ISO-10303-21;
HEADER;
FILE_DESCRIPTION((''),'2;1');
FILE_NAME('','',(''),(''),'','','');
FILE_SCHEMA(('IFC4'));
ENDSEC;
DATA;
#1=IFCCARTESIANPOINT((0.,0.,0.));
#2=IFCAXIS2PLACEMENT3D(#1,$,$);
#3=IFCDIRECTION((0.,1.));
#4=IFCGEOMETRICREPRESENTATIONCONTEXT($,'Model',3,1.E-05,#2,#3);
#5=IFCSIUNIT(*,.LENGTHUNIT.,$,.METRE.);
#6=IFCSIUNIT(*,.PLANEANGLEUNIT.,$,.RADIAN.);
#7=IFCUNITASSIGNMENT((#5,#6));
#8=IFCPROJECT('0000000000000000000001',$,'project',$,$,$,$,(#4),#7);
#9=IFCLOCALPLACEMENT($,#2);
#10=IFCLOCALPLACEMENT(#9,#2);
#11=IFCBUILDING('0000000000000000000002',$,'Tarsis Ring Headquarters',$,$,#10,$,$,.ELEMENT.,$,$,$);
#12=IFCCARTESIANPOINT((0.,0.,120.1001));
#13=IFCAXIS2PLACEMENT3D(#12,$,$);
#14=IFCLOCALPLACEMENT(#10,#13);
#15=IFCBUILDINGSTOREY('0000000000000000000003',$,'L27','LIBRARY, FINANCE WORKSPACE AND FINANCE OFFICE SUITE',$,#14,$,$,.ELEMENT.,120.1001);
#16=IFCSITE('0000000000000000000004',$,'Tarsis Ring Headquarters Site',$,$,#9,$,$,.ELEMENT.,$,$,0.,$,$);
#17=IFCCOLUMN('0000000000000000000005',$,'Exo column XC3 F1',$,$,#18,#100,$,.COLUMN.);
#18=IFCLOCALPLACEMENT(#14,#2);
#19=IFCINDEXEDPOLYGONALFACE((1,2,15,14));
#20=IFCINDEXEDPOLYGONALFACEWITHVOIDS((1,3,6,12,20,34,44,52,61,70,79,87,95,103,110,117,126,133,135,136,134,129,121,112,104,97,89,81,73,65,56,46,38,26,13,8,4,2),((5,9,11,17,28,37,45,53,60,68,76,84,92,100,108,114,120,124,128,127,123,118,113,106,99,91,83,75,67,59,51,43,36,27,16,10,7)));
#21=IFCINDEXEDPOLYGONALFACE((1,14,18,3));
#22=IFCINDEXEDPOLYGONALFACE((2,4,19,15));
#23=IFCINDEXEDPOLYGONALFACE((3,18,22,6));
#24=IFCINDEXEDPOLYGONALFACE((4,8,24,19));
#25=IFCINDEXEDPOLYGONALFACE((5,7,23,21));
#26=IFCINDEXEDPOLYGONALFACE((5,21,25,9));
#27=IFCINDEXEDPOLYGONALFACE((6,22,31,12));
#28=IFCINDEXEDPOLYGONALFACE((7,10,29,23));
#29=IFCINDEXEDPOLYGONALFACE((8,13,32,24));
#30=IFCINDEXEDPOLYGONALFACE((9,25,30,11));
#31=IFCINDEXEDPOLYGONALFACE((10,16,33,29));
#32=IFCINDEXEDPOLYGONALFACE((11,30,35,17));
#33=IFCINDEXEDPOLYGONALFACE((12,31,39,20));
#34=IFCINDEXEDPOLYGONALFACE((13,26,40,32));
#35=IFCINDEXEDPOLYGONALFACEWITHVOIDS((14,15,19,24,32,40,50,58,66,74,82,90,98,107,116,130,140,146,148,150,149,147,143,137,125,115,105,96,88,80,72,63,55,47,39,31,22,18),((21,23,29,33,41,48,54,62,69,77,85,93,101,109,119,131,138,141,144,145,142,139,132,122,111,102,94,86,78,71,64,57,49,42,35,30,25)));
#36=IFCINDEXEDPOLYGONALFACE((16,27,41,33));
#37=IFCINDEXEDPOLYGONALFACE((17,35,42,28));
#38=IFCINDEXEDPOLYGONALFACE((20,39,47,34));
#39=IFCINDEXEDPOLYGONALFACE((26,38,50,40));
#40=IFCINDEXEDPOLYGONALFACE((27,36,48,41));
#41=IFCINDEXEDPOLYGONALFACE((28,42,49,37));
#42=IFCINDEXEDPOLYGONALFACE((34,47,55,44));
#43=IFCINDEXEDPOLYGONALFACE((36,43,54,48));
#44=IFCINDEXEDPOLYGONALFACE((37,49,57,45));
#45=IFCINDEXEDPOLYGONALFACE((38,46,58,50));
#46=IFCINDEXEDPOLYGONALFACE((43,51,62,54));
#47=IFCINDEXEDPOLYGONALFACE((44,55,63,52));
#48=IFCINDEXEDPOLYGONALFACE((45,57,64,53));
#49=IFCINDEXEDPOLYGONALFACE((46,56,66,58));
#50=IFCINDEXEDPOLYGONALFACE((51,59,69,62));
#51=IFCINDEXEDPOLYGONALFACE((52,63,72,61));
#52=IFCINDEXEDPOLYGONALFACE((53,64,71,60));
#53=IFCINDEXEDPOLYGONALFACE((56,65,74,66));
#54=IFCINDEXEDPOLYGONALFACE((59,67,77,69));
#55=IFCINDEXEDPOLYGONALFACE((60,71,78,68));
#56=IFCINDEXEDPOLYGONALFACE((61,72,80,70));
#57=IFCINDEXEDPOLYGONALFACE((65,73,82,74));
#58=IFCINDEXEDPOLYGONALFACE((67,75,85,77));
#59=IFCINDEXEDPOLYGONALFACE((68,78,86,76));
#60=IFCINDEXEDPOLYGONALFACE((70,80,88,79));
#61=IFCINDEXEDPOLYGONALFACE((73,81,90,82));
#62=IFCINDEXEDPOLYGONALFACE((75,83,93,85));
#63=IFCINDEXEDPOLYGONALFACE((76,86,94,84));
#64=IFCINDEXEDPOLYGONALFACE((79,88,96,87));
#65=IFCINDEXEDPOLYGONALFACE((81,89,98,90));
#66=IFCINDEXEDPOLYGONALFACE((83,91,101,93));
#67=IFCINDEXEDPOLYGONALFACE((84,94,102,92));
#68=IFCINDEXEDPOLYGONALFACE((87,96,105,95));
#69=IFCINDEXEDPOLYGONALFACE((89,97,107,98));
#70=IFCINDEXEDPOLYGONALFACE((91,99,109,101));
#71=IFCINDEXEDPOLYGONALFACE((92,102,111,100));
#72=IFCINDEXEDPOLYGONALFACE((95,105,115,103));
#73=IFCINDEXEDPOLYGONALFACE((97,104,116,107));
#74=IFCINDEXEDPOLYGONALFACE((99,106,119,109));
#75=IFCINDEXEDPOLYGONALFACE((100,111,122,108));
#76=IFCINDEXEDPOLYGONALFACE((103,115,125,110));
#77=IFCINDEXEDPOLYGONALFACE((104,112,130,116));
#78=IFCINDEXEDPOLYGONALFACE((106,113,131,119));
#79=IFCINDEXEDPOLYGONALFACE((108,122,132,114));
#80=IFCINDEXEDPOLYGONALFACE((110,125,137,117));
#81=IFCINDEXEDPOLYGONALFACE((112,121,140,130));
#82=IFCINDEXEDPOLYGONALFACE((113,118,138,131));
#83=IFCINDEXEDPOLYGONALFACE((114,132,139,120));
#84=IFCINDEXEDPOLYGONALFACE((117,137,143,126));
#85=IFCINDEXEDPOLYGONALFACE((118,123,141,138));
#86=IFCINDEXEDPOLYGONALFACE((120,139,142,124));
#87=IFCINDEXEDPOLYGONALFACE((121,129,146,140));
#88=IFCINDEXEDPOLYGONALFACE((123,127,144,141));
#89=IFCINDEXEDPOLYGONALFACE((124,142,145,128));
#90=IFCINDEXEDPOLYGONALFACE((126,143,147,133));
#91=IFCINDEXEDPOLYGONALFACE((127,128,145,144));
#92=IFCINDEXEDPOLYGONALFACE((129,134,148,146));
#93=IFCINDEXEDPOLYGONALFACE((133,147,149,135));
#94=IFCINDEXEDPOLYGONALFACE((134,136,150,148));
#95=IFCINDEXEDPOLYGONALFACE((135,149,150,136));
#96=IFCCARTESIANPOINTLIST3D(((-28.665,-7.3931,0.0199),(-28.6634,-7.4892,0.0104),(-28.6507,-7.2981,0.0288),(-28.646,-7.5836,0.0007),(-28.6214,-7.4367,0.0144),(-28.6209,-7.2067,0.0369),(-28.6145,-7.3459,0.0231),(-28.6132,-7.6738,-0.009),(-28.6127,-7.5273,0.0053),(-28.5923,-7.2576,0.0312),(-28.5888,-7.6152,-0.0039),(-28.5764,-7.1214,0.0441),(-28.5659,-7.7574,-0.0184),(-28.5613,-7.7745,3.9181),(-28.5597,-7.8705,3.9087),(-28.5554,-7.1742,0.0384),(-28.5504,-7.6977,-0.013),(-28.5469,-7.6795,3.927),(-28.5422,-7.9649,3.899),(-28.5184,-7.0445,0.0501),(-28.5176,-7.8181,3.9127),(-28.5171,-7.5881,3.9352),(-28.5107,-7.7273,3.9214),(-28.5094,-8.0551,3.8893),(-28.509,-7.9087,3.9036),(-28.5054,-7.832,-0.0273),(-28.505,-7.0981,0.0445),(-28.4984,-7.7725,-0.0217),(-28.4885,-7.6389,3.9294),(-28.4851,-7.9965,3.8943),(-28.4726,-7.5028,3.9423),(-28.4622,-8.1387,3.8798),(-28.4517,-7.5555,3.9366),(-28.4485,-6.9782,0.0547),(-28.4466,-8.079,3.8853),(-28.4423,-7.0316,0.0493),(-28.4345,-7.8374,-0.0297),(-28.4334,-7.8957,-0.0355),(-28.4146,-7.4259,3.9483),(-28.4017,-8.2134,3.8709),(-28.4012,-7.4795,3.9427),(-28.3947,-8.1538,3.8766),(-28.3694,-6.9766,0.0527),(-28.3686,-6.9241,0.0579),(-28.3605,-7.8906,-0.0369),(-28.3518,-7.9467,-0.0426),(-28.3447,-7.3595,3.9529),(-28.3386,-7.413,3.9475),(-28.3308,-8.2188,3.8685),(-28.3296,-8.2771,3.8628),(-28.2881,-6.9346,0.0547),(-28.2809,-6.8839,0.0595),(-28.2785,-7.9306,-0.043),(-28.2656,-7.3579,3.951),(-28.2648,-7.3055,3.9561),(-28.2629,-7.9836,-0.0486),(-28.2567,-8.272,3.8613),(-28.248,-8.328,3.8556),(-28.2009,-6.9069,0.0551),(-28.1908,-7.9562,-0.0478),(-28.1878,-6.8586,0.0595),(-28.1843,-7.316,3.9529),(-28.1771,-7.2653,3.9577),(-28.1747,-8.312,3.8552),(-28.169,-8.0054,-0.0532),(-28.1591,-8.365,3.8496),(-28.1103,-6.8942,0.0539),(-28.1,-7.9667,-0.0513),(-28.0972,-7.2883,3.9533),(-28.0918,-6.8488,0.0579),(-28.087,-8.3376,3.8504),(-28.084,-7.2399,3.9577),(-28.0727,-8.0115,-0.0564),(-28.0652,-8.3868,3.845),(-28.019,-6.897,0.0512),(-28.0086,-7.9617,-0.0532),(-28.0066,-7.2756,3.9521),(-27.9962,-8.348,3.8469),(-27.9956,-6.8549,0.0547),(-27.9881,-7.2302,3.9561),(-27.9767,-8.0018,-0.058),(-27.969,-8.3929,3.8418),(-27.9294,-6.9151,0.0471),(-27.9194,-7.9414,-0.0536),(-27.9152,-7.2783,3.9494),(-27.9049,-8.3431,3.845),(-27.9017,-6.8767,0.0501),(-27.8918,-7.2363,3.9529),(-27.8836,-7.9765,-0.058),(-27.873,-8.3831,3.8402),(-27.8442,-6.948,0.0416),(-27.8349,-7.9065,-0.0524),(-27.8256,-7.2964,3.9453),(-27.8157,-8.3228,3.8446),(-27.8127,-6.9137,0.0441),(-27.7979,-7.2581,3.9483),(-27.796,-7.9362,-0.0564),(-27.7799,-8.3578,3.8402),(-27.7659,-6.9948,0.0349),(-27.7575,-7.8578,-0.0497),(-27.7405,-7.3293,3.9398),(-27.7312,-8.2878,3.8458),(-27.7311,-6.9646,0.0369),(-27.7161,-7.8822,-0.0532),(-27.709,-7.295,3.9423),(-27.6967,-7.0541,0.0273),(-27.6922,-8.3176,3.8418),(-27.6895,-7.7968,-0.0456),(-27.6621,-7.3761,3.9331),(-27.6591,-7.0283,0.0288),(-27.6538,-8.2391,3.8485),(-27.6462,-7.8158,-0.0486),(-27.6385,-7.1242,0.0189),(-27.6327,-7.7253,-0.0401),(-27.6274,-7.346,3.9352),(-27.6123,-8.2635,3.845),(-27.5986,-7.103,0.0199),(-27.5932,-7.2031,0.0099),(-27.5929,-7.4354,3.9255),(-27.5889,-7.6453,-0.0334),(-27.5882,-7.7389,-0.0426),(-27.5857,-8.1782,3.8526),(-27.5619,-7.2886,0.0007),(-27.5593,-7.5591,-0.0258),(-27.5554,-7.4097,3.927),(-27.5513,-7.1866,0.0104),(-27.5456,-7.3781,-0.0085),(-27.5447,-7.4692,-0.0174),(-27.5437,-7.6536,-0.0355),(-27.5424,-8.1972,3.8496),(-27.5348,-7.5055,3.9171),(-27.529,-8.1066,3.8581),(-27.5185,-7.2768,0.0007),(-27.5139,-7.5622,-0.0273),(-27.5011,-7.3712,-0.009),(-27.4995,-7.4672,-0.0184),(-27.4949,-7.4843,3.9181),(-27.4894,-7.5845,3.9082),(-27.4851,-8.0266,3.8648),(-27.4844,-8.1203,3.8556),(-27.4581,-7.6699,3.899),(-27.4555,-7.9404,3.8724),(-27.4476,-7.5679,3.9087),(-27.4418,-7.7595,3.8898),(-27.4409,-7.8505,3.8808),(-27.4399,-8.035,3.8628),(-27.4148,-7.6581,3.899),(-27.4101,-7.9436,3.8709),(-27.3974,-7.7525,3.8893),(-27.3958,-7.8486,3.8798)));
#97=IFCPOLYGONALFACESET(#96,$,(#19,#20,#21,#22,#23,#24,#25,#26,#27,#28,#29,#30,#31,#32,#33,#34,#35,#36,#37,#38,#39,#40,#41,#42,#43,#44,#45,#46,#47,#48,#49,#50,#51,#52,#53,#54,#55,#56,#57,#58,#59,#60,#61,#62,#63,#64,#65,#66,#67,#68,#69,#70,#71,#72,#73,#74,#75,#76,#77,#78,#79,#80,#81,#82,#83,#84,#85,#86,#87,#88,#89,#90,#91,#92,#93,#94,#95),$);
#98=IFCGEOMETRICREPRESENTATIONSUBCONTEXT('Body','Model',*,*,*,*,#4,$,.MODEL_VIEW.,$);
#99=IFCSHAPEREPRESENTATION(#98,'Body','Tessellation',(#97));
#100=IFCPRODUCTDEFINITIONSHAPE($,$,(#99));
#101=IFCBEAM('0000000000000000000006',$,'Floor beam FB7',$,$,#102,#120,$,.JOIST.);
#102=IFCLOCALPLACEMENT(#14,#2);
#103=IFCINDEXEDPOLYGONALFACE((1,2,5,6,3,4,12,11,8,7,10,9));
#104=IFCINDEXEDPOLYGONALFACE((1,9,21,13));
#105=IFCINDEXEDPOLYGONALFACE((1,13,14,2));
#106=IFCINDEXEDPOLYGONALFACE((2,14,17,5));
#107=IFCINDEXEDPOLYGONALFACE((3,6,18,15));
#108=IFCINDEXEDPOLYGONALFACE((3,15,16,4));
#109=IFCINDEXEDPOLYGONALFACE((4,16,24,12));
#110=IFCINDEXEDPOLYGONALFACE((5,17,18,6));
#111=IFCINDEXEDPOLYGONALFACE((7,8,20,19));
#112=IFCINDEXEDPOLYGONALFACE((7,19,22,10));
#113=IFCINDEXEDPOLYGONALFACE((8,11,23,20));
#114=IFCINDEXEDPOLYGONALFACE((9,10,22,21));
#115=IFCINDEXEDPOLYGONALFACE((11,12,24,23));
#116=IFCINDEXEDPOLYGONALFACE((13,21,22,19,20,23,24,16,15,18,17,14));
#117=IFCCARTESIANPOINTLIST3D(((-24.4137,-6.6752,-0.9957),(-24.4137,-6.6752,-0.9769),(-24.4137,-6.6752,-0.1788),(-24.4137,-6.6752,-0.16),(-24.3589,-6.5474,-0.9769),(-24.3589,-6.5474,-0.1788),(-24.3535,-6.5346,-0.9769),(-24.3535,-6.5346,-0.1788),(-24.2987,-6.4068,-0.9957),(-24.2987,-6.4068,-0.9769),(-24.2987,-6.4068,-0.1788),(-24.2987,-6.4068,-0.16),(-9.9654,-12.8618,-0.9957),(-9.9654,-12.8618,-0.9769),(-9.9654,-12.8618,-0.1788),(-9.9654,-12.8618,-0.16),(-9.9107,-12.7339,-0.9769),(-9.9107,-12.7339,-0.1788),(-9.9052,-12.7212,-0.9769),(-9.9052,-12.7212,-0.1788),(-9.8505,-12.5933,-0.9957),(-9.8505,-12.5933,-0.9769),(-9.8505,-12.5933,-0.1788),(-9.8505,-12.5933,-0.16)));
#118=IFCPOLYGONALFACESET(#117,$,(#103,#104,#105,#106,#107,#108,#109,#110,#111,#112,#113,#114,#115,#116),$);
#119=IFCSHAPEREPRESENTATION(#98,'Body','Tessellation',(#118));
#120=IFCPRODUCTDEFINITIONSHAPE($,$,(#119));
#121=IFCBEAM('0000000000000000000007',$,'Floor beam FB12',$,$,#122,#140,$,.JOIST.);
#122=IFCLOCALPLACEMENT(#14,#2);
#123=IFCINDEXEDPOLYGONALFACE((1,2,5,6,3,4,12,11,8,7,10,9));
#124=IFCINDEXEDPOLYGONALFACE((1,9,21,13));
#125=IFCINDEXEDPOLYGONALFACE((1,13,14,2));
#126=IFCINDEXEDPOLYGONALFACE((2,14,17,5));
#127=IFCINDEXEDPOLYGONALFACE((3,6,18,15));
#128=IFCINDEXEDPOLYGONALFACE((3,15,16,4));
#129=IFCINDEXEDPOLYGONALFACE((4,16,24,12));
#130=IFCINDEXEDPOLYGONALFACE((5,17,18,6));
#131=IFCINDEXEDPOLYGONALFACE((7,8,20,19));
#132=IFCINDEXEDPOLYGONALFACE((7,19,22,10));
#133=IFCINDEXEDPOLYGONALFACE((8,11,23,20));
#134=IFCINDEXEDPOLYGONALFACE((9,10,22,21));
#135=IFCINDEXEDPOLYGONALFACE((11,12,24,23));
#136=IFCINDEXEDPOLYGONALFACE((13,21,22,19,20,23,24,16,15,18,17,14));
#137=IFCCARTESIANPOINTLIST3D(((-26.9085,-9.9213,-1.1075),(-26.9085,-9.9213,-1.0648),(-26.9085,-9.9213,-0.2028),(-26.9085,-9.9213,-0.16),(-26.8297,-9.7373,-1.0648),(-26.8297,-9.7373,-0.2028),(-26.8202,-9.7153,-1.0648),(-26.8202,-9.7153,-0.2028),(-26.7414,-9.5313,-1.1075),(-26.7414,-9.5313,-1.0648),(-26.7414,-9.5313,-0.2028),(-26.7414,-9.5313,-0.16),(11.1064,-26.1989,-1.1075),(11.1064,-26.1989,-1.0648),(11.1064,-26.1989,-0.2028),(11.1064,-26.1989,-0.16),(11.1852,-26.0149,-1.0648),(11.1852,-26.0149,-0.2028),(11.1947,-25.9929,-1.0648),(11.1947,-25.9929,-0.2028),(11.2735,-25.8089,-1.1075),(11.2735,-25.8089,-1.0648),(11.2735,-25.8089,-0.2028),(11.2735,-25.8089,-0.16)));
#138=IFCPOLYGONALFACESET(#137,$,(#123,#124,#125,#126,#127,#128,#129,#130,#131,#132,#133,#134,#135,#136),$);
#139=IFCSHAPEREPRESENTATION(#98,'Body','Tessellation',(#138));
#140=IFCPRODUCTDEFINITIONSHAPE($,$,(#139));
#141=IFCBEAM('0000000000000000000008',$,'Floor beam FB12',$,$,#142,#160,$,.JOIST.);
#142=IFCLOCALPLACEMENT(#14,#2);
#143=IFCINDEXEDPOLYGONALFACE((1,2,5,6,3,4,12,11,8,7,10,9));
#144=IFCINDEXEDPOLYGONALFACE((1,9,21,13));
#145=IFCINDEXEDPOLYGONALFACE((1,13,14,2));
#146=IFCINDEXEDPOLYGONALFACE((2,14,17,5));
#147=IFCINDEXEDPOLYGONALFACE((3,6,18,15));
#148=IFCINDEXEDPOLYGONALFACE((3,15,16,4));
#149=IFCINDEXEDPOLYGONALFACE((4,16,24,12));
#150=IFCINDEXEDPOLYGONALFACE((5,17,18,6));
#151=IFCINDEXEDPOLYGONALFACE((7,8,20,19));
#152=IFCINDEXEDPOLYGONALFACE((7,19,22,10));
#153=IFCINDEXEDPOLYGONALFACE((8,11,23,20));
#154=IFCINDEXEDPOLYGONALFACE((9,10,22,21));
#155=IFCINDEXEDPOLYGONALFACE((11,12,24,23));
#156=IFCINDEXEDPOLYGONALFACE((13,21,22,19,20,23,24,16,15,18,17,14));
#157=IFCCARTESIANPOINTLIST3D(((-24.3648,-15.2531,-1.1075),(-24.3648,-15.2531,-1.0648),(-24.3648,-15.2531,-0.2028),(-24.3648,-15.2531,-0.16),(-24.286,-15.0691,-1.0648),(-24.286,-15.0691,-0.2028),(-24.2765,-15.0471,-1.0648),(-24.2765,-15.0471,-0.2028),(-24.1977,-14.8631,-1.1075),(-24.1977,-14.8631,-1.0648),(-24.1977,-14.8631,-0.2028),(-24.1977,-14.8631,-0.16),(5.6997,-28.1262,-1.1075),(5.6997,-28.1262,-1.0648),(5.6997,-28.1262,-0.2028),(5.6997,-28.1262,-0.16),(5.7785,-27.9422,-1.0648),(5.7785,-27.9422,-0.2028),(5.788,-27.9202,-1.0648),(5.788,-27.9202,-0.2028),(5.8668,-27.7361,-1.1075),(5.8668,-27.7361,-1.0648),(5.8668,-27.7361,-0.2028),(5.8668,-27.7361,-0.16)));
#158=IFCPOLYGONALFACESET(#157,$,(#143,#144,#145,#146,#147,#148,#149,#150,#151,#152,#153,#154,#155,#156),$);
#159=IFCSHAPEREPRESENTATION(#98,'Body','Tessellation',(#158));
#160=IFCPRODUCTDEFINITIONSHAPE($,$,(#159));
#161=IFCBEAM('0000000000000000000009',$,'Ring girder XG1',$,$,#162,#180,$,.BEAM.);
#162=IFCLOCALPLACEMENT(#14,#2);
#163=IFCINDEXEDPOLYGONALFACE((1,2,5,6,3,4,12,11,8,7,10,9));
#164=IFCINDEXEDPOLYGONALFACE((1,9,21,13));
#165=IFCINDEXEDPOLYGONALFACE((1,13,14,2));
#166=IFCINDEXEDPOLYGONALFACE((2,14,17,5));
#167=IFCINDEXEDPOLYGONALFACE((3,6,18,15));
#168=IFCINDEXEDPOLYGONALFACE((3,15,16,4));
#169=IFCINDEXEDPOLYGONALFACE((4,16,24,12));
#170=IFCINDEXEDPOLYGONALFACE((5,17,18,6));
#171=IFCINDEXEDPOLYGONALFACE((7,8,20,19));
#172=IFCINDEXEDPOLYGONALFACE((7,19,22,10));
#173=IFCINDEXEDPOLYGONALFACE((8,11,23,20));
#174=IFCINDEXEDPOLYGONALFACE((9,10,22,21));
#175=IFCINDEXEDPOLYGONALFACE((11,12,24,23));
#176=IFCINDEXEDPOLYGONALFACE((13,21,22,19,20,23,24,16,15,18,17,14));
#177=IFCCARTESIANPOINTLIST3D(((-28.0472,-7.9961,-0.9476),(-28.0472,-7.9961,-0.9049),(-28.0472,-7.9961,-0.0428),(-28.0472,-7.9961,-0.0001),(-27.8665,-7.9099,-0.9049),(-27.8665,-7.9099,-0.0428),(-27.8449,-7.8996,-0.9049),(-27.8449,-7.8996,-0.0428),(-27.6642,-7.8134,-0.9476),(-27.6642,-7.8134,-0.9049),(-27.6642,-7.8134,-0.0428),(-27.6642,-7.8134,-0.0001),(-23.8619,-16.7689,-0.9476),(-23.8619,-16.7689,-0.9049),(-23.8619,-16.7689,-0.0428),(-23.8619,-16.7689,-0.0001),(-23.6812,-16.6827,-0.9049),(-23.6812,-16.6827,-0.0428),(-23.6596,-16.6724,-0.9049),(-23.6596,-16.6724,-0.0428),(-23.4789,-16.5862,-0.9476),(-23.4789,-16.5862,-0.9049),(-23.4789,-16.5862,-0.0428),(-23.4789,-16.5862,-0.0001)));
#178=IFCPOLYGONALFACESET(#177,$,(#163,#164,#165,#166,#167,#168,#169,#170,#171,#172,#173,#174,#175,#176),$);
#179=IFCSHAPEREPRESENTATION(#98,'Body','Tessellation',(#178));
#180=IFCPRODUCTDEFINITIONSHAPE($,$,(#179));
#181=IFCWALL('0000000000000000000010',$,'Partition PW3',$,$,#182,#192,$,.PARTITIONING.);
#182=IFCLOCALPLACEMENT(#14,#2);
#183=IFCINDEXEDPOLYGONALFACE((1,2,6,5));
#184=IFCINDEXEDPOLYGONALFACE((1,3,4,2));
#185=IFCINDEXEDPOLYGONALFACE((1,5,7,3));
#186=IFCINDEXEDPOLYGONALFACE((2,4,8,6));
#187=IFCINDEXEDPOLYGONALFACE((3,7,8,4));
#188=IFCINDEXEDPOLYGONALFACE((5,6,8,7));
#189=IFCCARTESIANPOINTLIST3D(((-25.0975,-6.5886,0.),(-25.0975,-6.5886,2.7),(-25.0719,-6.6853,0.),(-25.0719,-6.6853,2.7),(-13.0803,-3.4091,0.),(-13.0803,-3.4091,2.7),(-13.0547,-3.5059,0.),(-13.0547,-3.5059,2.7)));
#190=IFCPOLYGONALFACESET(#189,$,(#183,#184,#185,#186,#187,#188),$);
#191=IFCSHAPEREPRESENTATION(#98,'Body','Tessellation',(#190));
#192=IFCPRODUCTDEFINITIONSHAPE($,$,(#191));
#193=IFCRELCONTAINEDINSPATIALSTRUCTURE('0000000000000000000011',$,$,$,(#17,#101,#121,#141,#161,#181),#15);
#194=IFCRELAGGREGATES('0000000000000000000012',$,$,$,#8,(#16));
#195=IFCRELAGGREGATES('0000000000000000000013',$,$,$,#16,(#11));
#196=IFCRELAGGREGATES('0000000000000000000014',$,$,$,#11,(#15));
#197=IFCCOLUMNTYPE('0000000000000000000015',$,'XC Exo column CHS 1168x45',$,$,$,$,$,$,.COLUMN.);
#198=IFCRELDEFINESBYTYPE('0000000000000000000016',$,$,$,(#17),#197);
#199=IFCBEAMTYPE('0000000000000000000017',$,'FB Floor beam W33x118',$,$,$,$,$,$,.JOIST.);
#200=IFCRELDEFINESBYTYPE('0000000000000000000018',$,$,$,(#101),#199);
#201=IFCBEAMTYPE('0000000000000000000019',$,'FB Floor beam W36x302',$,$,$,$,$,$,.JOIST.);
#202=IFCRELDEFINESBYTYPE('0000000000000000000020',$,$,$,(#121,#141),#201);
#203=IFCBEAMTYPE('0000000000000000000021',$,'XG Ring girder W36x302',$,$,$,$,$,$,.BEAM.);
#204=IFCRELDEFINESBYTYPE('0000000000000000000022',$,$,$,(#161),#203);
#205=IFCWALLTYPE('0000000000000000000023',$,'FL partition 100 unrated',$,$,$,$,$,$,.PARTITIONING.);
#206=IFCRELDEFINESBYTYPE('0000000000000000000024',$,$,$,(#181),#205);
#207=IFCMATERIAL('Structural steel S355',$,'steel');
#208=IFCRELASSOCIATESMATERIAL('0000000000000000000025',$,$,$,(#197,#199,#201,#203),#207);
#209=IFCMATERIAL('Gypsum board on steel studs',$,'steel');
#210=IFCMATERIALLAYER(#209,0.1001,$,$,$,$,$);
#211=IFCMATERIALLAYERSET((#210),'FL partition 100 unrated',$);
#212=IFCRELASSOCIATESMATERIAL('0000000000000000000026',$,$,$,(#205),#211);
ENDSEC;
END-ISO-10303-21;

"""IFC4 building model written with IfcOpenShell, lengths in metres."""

from ifc_helpers import new_model, si_unit, direction, frame, frame_2d, origin, origin_2d, place, context, subcontext, project, spatial, rectangle, hollow_circle, i_section, extrude, material, layer, layer_set, material_profile, profile_set, type_object, element, save


model = new_model("IFC4")

# Units and contexts
model_context = context("Model", 3, precision=1e-05, world=origin(), true_north=direction((0.0, 1.0)))
body_context = subcontext(model_context, "Body", "Model", "MODEL_VIEW")
ifc_project = project(units=[si_unit("LENGTHUNIT", "METRE"), si_unit("PLANEANGLEUNIT", "RADIAN")], contexts=[model_context])

# Site, building, storey
site_placement = place(None, origin())
site = spatial("IfcSite", under=ifc_project, at=site_placement, Name="Tarsis Ring Headquarters Site", CompositionType="ELEMENT", RefElevation=0.0)
building_placement = place(site_placement, origin())
building = spatial("IfcBuilding", under=site, at=building_placement, Name="Tarsis Ring Headquarters", CompositionType="ELEMENT")
storey_placement = place(building_placement, frame((0.0, 0.0, 120.1001)))
storey = spatial("IfcBuildingStorey", under=building, at=storey_placement, Name="L27", Description="LIBRARY, FINANCE WORKSPACE AND FINANCE OFFICE SUITE", CompositionType="ELEMENT", Elevation=120.1001)

# Column
ifc_material_1 = material(Name="Structural steel S355", Category="steel")
ifc_material_profile_1 = material_profile(ifc_material_1, hollow_circle(Radius=0.5842, WallThickness=0.0449, at=origin_2d()), Name="CHS 1168x45")
ifc_profile_set_1 = profile_set([ifc_material_profile_1], Name="Structural steel S355")
column_type = type_object("IfcColumnType", Name="XC Exo column CHS 1168x45", PredefinedType="COLUMN", material=ifc_profile_set_1)
column_placement = place(storey_placement, frame((-28.0823, -7.4302, 0.0007), z_axis=(0.026482, -0.097328, 0.9949), x_axis=(0.96492, 0.262542, 0.0)))
element("IfcColumn", 1, at=column_placement, inside=storey, type_object=column_type, Name="Exo column XC3 F1", PredefinedType="COLUMN", context=body_context, shape_type="SweptSolid", body=[
    extrude(hollow_circle(Radius=0.5842, WallThickness=0.0449, at=origin_2d()), origin(), (0.0, 0.0, 1.0), 3.9182),
])

# Beams
ifc_material_profile_2 = material_profile(ifc_material_1, i_section(OverallWidth=0.292, OverallDepth=0.8357, WebThickness=0.0139, FlangeThickness=0.0188, at=origin_2d()), Name="W33x118")
ifc_profile_set_2 = profile_set([ifc_material_profile_2], Name="Structural steel S355")
beam_type_1 = type_object("IfcBeamType", Name="FB Floor beam W33x118", PredefinedType="JOIST", material=ifc_profile_set_2)
beam_1_placement = place(storey_placement, frame((-24.3562, -6.541, -0.5779), z_axis=(0.919274, -0.393619, 0.0), x_axis=(0.393619, 0.919274, 0.0)))
element("IfcBeam", 2, at=beam_1_placement, inside=storey, type_object=beam_type_1, Name="Floor beam FB7", PredefinedType="JOIST", context=body_context, shape_type="SweptSolid", body=[
    extrude(i_section(OverallWidth=0.292, OverallDepth=0.8357, WebThickness=0.0139, FlangeThickness=0.0188, at=origin_2d()), origin(), (0.0, 0.0, 1.0), 15.717),
])
ifc_material_profile_3 = material_profile(ifc_material_1, i_section(OverallWidth=0.4243, OverallDepth=0.9475, WebThickness=0.0239, FlangeThickness=0.0427, at=origin_2d()), Name="W36x302")
ifc_profile_set_3 = profile_set([ifc_material_profile_3], Name="Structural steel S355")
beam_type_2 = type_object("IfcBeamType", Name="FB Floor beam W36x302", PredefinedType="JOIST", material=ifc_profile_set_3)
beam_2_placement = place(storey_placement, frame((-26.825, -9.7263, -0.6338), z_axis=(0.919272, -0.393623, 0.0), x_axis=(0.393623, 0.919272, 0.0)))
element("IfcBeam", 3, at=beam_2_placement, inside=storey, type_object=beam_type_2, Name="Floor beam FB12", PredefinedType="JOIST", context=body_context, shape_type="SweptSolid", body=[
    extrude(i_section(OverallWidth=0.4243, OverallDepth=0.9475, WebThickness=0.0239, FlangeThickness=0.0427, at=origin_2d()), origin(), (0.0, 0.0, 1.0), 41.3533),
])
beam_3_placement = place(storey_placement, frame((-24.2812, -15.0581, -0.6338), z_axis=(0.919275, -0.393617, 0.0), x_axis=(0.393617, 0.919275, 0.0)))
element("IfcBeam", 4, at=beam_3_placement, inside=storey, type_object=beam_type_2, Name="Floor beam FB12", PredefinedType="JOIST", context=body_context, shape_type="SweptSolid", body=[
    extrude(i_section(OverallWidth=0.4243, OverallDepth=0.9475, WebThickness=0.0239, FlangeThickness=0.0427, at=origin_2d()), origin(), (0.0, 0.0, 1.0), 32.7046),
])
beam_type_3 = type_object("IfcBeamType", Name="XG Ring girder W36x302", PredefinedType="BEAM", material=ifc_profile_set_3)
beam_4_placement = place(storey_placement, frame((-27.8557, -7.9048, -0.4739), z_axis=(0.43059, -0.902548, 0.0), x_axis=(0.902548, 0.43059, 0.0)))
element("IfcBeam", 5, at=beam_4_placement, inside=storey, type_object=beam_type_3, Name="Ring girder XG1", PredefinedType="BEAM", context=body_context, shape_type="SweptSolid", body=[
    extrude(i_section(OverallWidth=0.4243, OverallDepth=0.9475, WebThickness=0.0239, FlangeThickness=0.0427, at=origin_2d()), origin(), (0.0, 0.0, 1.0), 9.72),
])

# Wall
ifc_material_2 = material(Name="Gypsum board on steel studs", Category="steel")
ifc_layer_1 = layer(ifc_material_2, 0.1001)
ifc_layer_set_1 = layer_set([ifc_layer_1], Name="FL partition 100 unrated")
wall_type_1 = type_object("IfcWallType", Name="FL partition 100 unrated", PredefinedType="PARTITIONING", material=ifc_layer_set_1)
wall_1_placement = place(storey_placement, frame((-25.0847, -6.637, 0.0), z_axis=(0.0, 0.0, 1.0), x_axis=(0.966736, 0.255776, 0.0)))
element("IfcWall", 6, at=wall_1_placement, inside=storey, type_object=wall_type_1, Name="Partition PW3", PredefinedType="PARTITIONING", context=body_context, shape_type="SweptSolid", body=[
    extrude(rectangle(XDim=12.4307, YDim=0.1001, at=frame_2d((6.2153, 0.0))), origin(), (0.0, 0.0, 1.0), 2.7),
])

save(model, "model.ifc")
